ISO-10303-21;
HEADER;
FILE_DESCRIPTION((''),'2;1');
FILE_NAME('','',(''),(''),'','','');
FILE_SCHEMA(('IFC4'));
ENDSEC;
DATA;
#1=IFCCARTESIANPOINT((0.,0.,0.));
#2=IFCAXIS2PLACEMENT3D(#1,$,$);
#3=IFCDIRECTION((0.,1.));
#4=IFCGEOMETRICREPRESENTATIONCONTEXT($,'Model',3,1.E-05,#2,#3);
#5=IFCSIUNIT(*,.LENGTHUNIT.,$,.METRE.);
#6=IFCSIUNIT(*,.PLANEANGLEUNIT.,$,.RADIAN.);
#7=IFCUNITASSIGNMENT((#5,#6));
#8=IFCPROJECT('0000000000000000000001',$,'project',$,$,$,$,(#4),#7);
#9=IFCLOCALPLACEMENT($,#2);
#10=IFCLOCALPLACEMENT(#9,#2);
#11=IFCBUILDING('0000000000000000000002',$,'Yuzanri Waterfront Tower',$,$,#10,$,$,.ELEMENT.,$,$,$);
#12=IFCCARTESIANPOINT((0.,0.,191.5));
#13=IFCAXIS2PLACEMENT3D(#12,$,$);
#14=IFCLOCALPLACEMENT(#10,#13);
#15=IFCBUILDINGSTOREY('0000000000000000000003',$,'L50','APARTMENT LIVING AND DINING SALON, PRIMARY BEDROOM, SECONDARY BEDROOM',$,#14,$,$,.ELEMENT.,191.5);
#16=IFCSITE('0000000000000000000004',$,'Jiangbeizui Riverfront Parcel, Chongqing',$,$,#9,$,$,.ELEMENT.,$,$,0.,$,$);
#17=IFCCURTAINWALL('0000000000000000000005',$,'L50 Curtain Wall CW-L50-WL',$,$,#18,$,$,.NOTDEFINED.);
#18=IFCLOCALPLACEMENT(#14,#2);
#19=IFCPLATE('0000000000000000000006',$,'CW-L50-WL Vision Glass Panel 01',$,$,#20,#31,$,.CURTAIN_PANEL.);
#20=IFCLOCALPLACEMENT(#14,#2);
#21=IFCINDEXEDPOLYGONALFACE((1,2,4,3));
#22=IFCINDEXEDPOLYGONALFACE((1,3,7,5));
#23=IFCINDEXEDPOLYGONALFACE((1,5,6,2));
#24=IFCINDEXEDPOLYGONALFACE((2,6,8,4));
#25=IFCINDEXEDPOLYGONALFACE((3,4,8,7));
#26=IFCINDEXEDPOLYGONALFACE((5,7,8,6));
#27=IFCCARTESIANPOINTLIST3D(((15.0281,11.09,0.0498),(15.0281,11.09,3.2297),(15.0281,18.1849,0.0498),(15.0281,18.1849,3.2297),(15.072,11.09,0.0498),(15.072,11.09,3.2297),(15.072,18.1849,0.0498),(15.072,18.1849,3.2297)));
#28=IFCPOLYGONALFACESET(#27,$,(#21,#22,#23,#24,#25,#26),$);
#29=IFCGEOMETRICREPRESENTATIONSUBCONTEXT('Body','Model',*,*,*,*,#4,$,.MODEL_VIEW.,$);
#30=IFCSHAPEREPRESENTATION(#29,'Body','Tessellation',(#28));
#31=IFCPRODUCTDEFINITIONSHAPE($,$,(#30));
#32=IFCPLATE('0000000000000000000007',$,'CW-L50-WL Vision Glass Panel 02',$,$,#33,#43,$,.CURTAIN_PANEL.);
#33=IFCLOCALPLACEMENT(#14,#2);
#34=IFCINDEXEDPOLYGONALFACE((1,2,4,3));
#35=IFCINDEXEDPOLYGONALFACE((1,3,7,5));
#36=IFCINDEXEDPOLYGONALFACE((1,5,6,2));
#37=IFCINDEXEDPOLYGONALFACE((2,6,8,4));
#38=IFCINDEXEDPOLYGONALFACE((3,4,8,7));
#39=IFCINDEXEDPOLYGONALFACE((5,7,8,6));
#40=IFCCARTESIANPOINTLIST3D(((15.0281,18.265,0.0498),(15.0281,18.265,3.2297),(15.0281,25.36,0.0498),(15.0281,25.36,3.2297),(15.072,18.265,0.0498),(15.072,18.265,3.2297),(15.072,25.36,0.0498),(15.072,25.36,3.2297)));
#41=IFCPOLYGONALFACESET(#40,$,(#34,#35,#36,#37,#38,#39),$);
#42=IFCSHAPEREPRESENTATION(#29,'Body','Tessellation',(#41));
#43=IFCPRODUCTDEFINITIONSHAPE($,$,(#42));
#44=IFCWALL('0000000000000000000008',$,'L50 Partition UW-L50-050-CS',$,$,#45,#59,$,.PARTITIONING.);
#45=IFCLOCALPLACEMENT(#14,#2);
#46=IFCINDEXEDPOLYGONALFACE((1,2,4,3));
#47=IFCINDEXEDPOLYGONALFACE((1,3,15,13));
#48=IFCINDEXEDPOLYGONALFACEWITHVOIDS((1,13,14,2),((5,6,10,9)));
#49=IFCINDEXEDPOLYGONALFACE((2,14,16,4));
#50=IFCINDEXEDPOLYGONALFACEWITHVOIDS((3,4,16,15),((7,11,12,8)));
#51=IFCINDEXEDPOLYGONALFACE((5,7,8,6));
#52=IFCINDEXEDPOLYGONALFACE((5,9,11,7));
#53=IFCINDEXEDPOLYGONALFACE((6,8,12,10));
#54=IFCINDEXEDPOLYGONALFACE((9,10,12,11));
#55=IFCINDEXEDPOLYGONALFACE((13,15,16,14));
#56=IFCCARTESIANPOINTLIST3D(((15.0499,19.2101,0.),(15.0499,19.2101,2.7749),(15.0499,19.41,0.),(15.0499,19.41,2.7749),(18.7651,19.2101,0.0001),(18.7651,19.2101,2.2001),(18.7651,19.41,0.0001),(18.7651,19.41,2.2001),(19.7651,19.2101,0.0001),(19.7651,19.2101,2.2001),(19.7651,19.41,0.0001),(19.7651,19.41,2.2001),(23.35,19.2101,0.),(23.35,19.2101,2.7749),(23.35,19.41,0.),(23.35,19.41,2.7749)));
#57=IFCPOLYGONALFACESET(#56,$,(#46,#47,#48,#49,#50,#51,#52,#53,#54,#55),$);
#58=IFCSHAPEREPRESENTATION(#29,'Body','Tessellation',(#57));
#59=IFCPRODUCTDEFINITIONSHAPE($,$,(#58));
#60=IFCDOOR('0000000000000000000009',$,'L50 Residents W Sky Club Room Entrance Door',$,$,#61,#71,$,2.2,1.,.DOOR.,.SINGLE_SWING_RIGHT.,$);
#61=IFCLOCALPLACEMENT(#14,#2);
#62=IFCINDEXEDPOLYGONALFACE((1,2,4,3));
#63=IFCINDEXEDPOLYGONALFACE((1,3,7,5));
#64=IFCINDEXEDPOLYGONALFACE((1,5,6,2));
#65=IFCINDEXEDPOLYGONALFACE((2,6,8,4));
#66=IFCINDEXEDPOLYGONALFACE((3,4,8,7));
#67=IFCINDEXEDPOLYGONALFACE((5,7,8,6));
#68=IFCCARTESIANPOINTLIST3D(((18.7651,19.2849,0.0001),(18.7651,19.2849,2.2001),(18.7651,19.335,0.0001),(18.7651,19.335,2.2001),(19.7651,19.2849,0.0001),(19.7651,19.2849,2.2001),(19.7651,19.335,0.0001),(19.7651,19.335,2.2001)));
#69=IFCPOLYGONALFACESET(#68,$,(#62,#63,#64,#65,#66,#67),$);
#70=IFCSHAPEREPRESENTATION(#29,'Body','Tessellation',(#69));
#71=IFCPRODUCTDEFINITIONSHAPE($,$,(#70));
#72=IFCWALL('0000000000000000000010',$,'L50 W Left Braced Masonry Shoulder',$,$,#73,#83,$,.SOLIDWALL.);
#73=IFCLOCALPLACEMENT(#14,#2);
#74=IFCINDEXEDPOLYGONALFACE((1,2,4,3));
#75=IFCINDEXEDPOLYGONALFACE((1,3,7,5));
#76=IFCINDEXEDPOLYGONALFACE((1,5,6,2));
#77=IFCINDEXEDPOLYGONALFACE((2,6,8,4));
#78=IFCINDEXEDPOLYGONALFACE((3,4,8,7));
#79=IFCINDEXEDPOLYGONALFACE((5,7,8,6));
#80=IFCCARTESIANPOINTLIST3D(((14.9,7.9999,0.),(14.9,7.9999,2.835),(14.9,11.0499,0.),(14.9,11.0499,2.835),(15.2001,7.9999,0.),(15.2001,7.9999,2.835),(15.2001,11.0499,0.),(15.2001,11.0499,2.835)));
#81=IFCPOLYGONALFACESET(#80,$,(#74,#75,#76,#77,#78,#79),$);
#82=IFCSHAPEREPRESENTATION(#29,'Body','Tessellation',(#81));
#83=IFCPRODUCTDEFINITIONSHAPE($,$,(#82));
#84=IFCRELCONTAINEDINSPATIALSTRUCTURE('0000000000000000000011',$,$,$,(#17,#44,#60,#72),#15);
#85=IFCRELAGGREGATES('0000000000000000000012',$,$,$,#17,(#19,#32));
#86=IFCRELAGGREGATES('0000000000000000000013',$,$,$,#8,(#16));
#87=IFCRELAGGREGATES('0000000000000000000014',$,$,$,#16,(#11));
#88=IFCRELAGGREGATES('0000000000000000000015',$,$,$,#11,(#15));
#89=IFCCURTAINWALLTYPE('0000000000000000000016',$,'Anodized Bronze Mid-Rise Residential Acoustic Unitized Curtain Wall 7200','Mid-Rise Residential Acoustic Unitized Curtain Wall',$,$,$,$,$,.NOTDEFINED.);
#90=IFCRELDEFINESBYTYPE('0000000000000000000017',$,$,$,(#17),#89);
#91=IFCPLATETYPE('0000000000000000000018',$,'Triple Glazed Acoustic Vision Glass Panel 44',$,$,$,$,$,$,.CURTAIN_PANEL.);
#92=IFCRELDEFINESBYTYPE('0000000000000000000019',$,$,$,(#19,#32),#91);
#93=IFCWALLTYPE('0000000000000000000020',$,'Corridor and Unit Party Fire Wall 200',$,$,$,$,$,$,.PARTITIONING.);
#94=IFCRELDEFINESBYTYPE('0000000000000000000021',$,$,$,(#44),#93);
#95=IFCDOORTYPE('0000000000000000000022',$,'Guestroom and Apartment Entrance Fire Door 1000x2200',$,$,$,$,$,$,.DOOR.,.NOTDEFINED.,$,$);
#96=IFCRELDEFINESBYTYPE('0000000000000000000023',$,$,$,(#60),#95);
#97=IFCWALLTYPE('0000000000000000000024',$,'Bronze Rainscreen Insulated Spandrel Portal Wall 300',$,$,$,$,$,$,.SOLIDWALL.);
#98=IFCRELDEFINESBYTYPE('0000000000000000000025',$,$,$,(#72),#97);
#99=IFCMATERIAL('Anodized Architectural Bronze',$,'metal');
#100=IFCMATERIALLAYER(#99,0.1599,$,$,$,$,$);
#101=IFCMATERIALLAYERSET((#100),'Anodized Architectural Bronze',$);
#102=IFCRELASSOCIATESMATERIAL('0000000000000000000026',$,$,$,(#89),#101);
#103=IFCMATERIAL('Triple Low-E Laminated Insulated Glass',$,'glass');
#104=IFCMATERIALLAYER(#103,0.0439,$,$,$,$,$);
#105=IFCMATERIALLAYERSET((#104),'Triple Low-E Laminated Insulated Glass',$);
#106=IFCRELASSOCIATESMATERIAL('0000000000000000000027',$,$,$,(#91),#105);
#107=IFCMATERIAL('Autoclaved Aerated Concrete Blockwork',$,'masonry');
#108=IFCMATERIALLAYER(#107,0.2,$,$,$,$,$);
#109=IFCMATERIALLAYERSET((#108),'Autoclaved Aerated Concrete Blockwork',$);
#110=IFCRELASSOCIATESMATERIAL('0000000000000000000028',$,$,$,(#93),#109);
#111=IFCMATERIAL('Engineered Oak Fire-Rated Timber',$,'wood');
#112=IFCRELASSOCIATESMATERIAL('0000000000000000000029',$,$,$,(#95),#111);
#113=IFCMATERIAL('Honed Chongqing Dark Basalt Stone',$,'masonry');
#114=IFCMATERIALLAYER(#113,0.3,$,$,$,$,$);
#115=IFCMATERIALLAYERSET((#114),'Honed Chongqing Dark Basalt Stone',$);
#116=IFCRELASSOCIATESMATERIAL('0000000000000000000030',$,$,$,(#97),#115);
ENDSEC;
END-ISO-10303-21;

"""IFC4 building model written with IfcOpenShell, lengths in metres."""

from ifc_helpers import new_model, si_unit, direction, frame, frame_2d, origin, origin_2d, place, context, subcontext, project, spatial, rectangle, extrude, source, transform, mapped, material, layer, layer_set, type_object, element, fill, aggregate, save


model = new_model("IFC4")

# Units and contexts
model_context = context("Model", 3, precision=1e-05, world=origin(), true_north=direction((0.0, 1.0)))
body_context = subcontext(model_context, "Body", "Model", "MODEL_VIEW")
ifc_project = project(units=[si_unit("LENGTHUNIT", "METRE"), si_unit("PLANEANGLEUNIT", "RADIAN")], contexts=[model_context])

# Site, building, storey
site_placement = place(None, origin())
site = spatial("IfcSite", under=ifc_project, at=site_placement, Name="Jiangbeizui Riverfront Parcel, Chongqing", CompositionType="ELEMENT", RefElevation=0.0)
building_placement = place(site_placement, origin())
building = spatial("IfcBuilding", under=site, at=building_placement, Name="Yuzanri Waterfront Tower", CompositionType="ELEMENT")
storey_placement = place(building_placement, frame((0.0, 0.0, 191.5)))
storey = spatial("IfcBuildingStorey", under=building, at=storey_placement, Name="L50", Description="APARTMENT LIVING AND DINING SALON, PRIMARY BEDROOM, SECONDARY BEDROOM", CompositionType="ELEMENT", Elevation=191.5)

# Curtain wall
ifc_material_1 = material(Name="Anodized Architectural Bronze", Category="metal")
ifc_layer_1 = layer(ifc_material_1, 0.1599)
ifc_layer_set_1 = layer_set([ifc_layer_1], Name="Anodized Architectural Bronze")
curtain_wall_type = type_object("IfcCurtainWallType", Name="Anodized Bronze Mid-Rise Residential Acoustic Unitized Curtain Wall 7200", Description="Mid-Rise Residential Acoustic Unitized Curtain Wall", PredefinedType="NOTDEFINED", material=ifc_layer_set_1)
curtain_wall_placement = place(storey_placement, origin())
curtain_wall = element("IfcCurtainWall", 1, at=curtain_wall_placement, inside=storey, type_object=curtain_wall_type, Name="L50 Curtain Wall CW-L50-WL", PredefinedType="NOTDEFINED")

# Plates
ifc_material_2 = material(Name="Triple Low-E Laminated Insulated Glass", Category="glass")
ifc_layer_2 = layer(ifc_material_2, 0.0439)
ifc_layer_set_2 = layer_set([ifc_layer_2], Name="Triple Low-E Laminated Insulated Glass")
plate_type_1 = type_object("IfcPlateType", Name="Triple Glazed Acoustic Vision Glass Panel 44", PredefinedType="CURTAIN_PANEL", material=ifc_layer_set_2)
shared_shape_1 = source(origin(), body_context, "Body", "SweptSolid", [
    extrude(rectangle(XDim=7.095, YDim=0.0439, at=origin_2d()), origin(), (0.0, 0.0, 1.0), 3.1799),
])
plate_1_placement = place(storey_placement, frame((15.05, 14.6375, 0.0498), z_axis=(0.0, 0.0, 1.0), x_axis=(0.0, 1.0, 0.0)))
plate_1 = element("IfcPlate", 2, at=plate_1_placement, type_object=plate_type_1, Name="CW-L50-WL Vision Glass Panel 01", PredefinedType="CURTAIN_PANEL", context=body_context, shape_type="MappedRepresentation", body=[
    mapped(shared_shape_1, transform((0.0, 0.0, 0.0), scale=1.0)),
])
plate_2_placement = place(storey_placement, frame((15.05, 21.8125, 0.0498), z_axis=(0.0, 0.0, 1.0), x_axis=(0.0, 1.0, 0.0)))
plate_2 = element("IfcPlate", 3, at=plate_2_placement, type_object=plate_type_1, Name="CW-L50-WL Vision Glass Panel 02", PredefinedType="CURTAIN_PANEL", context=body_context, shape_type="MappedRepresentation", body=[
    mapped(shared_shape_1, transform((0.0, 0.0, 0.0), scale=1.0)),
])
aggregate(curtain_wall, [plate_1, plate_2])

# Wall, opening, door
ifc_material_3 = material(Name="Autoclaved Aerated Concrete Blockwork", Category="masonry")
ifc_layer_3 = layer(ifc_material_3, 0.2)
ifc_layer_set_3 = layer_set([ifc_layer_3], Name="Autoclaved Aerated Concrete Blockwork")
wall_type_1 = type_object("IfcWallType", Name="Corridor and Unit Party Fire Wall 200", PredefinedType="PARTITIONING", material=ifc_layer_set_3)
wall_1_placement = place(storey_placement, frame((15.05, 19.3101, 0.0), z_axis=(0.0, 0.0, 1.0), x_axis=(1.0, 0.0, 0.0)))
wall_1 = element("IfcWall", 4, at=wall_1_placement, inside=storey, type_object=wall_type_1, Name="L50 Partition UW-L50-050-CS", PredefinedType="PARTITIONING", context=body_context, shape_type="SweptSolid", body=[
    extrude(rectangle(XDim=8.3, YDim=0.2, at=frame_2d((4.1499, 0.0))), origin(), (0.0, 0.0, 1.0), 2.7749),
])
opening_placement = place(wall_1_placement, frame((3.7151, 0.0, 0.0)))
opening = element("IfcOpeningElement", 5, at=opening_placement, cuts=wall_1, PredefinedType="OPENING", context=body_context, shape_type="SweptSolid", body=[
    extrude(rectangle(XDim=1.0, YDim=2.2, at=frame_2d((0.5, 1.1001))), frame((0.0, 0.1147, 0.0), z_axis=(0.0, -1.0, 0.0), x_axis=(1.0, 0.0, 0.0)), (0.0, 0.0, 1.0), 0.2297),
])
ifc_material_4 = material(Name="Engineered Oak Fire-Rated Timber", Category="wood")
door_type = type_object("IfcDoorType", Name="Guestroom and Apartment Entrance Fire Door 1000x2200", OperationType="NOTDEFINED", PredefinedType="DOOR", material=ifc_material_4)
shared_shape_2 = source(origin(), body_context, "Body", "SweptSolid", [
    extrude(rectangle(XDim=1.0, YDim=2.2, at=frame_2d((0.5, 1.1001))), frame((0.0, 0.0249, 0.0), z_axis=(0.0, -1.0, 0.0), x_axis=(1.0, 0.0, 0.0)), (0.0, 0.0, 1.0), 0.05),
])
door_placement = place(opening_placement, origin())
door = element("IfcDoor", 6, at=door_placement, inside=storey, type_object=door_type, Name="L50 Residents W Sky Club Room Entrance Door", OperationType="SINGLE_SWING_RIGHT", OverallHeight=2.2, OverallWidth=1.0, PredefinedType="DOOR", context=body_context, shape_type="MappedRepresentation", body=[
    mapped(shared_shape_2, transform((0.0, 0.0, 0.0), scale=1.0)),
])
fill(opening, door)

# Wall
ifc_material_5 = material(Name="Honed Chongqing Dark Basalt Stone", Category="masonry")
ifc_layer_4 = layer(ifc_material_5, 0.3)
ifc_layer_set_4 = layer_set([ifc_layer_4], Name="Honed Chongqing Dark Basalt Stone")
wall_type_2 = type_object("IfcWallType", Name="Bronze Rainscreen Insulated Spandrel Portal Wall 300", PredefinedType="SOLIDWALL", material=ifc_layer_set_4)
shared_shape_3 = source(origin(), body_context, "Body", "SweptSolid", [
    extrude(rectangle(XDim=3.05, YDim=0.3, at=frame_2d((1.5249, 0.0))), origin(), (0.0, 0.0, 1.0), 2.835),
])
wall_2_placement = place(storey_placement, frame((15.05, 8.0, 0.0), z_axis=(0.0, 0.0, 1.0), x_axis=(0.0, 1.0, 0.0)))
element("IfcWall", 7, at=wall_2_placement, inside=storey, type_object=wall_type_2, Name="L50 W Left Braced Masonry Shoulder", PredefinedType="SOLIDWALL", context=body_context, shape_type="MappedRepresentation", body=[
    mapped(shared_shape_3, transform((0.0, 0.0, 0.0), scale=1.0)),
])

save(model, "model.ifc")
